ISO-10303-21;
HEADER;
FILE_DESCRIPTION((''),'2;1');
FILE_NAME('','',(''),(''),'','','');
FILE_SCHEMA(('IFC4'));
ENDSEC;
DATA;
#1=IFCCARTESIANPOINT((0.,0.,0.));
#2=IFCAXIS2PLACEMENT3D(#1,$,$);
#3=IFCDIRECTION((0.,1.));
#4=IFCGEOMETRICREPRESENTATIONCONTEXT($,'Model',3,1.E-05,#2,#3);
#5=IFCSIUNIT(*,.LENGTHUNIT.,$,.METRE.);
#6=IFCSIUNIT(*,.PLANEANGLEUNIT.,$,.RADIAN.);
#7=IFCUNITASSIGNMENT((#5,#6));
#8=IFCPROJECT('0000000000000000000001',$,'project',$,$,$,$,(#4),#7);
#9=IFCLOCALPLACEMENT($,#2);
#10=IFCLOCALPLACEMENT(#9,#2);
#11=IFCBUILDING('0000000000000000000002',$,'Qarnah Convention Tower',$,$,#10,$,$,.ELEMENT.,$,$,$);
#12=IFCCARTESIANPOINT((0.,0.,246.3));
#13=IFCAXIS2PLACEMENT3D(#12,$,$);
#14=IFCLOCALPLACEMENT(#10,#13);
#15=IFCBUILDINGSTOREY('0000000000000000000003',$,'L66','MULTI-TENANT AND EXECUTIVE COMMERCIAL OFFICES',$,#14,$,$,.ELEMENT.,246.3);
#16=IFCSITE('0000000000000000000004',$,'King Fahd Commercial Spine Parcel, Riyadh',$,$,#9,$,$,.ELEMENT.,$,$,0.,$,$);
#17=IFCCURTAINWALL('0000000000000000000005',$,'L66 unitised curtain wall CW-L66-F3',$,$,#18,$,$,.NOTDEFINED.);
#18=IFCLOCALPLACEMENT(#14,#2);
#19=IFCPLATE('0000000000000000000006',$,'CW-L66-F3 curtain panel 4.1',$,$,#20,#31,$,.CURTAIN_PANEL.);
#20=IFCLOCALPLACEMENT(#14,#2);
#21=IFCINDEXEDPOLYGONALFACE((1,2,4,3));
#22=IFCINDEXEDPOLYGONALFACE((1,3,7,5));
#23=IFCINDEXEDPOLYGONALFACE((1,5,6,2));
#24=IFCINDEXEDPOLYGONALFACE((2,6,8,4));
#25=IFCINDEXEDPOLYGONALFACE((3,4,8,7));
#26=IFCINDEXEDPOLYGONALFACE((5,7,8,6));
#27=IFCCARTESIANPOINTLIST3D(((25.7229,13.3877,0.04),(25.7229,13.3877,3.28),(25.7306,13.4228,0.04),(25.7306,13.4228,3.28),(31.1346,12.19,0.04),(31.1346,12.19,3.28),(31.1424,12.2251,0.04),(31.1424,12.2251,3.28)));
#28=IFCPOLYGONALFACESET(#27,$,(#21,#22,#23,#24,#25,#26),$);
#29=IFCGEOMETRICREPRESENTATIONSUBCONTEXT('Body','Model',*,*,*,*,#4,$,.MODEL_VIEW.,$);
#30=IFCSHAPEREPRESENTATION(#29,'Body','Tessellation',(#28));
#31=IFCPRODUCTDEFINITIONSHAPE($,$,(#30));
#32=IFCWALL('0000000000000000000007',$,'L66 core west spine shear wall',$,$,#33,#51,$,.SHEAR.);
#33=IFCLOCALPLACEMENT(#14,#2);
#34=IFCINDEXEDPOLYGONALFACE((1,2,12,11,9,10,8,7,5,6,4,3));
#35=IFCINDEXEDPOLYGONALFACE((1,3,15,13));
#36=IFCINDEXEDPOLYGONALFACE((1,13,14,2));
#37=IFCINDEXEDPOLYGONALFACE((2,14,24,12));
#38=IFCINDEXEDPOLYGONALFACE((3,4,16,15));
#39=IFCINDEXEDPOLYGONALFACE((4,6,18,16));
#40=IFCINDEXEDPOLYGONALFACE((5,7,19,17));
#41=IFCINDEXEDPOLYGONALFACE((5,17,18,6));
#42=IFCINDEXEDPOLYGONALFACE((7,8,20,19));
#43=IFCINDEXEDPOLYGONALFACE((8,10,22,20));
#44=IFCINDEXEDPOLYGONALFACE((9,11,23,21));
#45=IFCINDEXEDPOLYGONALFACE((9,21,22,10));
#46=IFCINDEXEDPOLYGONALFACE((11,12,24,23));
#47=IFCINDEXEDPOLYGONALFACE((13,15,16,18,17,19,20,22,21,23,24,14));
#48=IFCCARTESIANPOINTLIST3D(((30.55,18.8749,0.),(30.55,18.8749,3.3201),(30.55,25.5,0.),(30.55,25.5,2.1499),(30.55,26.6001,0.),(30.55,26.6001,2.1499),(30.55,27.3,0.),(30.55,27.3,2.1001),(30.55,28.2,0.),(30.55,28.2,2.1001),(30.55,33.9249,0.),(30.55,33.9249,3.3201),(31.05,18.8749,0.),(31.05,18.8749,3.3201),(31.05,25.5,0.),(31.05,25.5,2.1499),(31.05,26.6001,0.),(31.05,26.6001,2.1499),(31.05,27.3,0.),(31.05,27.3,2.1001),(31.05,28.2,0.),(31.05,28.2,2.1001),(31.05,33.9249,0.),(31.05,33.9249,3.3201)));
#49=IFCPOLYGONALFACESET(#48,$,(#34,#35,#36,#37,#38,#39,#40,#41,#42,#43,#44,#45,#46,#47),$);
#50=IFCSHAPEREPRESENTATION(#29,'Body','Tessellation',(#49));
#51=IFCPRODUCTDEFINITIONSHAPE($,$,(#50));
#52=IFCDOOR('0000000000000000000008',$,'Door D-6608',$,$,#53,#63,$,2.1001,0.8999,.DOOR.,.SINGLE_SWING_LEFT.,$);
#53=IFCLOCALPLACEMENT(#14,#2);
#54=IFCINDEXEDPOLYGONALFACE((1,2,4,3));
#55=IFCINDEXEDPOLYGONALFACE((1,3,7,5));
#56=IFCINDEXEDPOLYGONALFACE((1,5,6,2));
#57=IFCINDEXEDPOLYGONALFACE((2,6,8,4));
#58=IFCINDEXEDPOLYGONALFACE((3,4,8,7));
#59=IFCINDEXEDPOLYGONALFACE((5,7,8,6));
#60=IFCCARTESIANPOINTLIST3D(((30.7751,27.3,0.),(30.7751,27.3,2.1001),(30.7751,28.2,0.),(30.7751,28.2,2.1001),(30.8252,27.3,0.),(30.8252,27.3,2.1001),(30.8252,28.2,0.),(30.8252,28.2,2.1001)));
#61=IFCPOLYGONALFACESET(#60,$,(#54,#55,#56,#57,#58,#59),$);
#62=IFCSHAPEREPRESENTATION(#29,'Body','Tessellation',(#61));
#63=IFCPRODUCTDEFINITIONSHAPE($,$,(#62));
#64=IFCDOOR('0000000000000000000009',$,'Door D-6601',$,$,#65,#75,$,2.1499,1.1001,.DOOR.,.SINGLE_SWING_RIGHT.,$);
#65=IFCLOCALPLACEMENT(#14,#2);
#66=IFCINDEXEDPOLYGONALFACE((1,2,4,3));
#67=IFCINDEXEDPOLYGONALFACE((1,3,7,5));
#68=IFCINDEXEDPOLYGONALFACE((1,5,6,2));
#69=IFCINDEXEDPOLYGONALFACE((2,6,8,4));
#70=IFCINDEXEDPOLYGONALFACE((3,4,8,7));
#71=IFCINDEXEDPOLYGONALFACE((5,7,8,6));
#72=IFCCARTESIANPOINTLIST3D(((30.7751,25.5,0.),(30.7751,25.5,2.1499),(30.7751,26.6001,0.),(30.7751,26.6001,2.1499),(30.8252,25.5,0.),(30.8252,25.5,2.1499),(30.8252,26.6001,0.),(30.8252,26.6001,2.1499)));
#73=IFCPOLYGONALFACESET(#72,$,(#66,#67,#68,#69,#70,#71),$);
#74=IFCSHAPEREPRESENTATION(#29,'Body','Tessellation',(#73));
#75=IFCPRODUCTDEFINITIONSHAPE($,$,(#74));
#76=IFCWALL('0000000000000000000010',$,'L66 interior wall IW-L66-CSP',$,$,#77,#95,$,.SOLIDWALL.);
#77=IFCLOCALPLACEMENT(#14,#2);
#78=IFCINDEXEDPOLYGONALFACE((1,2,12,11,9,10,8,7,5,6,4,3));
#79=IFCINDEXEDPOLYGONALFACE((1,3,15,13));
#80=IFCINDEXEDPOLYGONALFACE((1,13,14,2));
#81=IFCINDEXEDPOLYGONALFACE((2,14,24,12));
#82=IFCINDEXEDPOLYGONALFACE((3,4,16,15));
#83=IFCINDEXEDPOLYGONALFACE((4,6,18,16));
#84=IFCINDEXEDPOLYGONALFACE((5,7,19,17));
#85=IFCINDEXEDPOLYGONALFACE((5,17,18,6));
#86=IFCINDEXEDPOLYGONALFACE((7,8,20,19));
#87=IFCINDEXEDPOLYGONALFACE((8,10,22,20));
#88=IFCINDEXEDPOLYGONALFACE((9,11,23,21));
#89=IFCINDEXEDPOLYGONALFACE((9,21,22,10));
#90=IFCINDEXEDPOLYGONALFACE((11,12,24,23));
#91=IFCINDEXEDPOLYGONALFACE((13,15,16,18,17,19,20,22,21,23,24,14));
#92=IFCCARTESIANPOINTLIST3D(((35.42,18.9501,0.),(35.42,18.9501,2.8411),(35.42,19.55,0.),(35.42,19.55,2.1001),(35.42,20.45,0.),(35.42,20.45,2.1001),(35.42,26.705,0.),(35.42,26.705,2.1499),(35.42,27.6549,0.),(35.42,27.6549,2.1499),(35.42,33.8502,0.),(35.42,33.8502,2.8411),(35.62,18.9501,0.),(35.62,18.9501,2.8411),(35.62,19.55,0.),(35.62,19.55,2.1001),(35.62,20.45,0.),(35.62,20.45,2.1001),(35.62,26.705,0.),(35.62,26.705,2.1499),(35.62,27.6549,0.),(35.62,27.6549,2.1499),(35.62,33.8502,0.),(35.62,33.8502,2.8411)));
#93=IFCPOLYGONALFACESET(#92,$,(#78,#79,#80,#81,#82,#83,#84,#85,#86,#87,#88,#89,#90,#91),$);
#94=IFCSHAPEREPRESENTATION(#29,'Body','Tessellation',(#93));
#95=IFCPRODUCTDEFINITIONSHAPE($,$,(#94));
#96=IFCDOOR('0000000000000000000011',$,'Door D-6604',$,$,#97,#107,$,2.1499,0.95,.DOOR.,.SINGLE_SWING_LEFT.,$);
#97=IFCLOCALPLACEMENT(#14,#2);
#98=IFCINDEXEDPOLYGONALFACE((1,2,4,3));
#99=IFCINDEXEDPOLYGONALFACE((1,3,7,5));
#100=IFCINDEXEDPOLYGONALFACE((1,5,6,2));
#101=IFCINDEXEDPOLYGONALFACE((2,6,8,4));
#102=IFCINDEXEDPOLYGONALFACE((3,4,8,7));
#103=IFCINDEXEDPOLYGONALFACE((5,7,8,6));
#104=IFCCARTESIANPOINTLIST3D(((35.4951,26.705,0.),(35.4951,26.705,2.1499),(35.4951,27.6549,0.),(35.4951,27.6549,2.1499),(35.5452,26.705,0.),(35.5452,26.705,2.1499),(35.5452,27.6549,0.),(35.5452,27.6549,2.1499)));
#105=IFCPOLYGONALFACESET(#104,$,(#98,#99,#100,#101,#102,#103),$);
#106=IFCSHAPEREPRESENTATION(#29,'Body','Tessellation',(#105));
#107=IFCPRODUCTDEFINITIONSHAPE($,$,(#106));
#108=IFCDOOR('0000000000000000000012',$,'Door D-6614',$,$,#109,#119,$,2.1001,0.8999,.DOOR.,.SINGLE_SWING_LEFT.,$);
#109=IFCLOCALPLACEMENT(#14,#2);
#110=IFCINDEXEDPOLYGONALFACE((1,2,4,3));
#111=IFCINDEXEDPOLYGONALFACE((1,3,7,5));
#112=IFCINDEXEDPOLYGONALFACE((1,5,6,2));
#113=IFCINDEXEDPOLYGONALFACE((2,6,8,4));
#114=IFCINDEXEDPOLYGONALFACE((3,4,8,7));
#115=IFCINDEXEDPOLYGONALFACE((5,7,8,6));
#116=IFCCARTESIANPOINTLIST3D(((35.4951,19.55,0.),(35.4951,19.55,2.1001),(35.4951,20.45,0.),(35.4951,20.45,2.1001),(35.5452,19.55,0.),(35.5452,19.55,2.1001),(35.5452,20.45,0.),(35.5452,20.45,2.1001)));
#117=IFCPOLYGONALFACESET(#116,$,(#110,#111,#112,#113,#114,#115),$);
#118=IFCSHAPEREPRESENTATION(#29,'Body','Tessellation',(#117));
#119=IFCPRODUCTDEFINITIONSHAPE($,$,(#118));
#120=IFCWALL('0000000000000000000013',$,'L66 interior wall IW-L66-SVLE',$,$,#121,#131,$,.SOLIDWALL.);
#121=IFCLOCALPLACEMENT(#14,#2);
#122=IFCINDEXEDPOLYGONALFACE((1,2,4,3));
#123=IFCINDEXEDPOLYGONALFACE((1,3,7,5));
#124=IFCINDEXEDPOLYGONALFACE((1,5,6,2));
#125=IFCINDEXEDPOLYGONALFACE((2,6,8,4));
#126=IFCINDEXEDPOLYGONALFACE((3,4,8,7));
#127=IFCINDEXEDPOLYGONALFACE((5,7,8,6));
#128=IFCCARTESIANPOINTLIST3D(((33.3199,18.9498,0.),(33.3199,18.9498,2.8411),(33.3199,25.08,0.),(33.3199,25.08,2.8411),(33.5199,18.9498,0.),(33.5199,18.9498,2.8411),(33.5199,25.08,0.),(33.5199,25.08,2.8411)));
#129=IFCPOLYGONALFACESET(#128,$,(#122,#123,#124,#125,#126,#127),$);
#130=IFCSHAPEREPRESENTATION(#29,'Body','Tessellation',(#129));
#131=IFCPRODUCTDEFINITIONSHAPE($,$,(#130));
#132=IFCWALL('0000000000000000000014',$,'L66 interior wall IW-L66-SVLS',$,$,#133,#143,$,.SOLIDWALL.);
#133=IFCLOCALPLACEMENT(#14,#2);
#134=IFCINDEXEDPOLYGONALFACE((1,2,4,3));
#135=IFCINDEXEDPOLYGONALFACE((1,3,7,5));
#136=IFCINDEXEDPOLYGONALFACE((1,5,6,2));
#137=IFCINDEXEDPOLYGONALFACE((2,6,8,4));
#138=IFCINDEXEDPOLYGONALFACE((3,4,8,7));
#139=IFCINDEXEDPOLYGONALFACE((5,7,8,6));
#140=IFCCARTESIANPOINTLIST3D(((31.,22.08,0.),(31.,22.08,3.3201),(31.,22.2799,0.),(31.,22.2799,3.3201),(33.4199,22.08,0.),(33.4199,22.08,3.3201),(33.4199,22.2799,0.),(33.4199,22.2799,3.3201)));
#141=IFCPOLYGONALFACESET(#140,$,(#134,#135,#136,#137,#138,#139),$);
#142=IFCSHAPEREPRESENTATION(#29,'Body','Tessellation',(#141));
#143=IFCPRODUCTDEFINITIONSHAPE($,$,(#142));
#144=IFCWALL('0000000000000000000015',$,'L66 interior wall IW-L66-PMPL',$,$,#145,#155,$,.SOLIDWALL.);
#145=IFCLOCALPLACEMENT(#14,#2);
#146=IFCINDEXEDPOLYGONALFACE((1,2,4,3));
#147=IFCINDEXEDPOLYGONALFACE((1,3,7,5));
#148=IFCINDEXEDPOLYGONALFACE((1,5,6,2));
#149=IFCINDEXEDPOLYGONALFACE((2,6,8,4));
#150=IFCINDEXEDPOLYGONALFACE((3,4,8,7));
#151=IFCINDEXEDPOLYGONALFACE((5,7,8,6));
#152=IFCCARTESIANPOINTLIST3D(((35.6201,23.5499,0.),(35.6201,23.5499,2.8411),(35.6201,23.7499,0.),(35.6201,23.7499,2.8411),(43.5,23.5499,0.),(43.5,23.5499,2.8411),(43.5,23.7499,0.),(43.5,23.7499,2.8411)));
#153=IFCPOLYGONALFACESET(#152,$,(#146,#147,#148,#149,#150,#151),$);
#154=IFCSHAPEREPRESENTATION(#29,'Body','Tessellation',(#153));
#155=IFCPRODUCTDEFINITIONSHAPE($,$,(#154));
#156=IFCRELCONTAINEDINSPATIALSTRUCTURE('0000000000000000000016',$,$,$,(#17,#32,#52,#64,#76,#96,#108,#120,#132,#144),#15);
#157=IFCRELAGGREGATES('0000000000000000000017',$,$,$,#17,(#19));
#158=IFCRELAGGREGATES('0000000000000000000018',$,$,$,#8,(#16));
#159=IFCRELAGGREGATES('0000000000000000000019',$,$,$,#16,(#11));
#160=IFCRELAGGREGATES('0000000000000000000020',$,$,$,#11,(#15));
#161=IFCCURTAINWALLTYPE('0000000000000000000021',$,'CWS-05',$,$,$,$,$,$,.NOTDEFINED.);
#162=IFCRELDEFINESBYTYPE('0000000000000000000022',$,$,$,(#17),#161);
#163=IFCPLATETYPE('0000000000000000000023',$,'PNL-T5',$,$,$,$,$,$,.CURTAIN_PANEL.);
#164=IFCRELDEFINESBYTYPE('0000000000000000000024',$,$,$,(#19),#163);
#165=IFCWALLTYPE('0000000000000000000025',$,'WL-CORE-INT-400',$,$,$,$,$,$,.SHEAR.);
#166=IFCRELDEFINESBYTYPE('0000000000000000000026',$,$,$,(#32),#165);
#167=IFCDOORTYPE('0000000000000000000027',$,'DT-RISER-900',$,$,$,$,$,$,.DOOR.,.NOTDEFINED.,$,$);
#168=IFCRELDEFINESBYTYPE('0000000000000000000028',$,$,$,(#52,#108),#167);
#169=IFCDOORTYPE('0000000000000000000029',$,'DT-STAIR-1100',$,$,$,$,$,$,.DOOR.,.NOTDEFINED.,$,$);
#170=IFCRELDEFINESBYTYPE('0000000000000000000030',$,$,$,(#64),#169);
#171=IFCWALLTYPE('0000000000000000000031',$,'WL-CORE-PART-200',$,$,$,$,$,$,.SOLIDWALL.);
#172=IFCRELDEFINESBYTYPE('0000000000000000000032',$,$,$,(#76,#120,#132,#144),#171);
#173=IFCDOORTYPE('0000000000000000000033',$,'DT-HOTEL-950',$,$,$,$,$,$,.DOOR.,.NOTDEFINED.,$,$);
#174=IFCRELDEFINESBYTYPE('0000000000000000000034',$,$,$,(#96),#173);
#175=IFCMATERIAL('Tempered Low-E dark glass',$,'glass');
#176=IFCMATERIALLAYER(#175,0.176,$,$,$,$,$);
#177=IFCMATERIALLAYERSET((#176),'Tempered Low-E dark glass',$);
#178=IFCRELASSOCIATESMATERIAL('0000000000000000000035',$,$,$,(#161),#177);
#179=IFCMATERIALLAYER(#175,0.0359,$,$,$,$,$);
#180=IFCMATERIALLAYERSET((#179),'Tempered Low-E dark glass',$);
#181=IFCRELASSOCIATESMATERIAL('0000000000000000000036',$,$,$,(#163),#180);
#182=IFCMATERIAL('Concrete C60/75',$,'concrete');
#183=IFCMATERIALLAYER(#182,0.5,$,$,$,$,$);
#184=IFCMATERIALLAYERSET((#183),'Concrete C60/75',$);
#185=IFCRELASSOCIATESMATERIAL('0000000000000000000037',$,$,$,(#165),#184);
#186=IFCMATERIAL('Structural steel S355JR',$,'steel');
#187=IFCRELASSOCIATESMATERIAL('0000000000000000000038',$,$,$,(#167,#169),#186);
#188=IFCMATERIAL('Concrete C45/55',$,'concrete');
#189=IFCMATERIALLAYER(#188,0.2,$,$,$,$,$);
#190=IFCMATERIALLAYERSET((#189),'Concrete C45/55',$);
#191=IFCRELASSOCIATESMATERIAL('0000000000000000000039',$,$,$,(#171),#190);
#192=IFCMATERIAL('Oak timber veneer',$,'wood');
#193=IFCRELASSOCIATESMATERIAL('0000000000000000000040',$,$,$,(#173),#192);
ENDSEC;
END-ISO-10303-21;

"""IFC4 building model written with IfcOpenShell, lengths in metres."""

from ifc_helpers import new_model, si_unit, direction, frame, frame_2d, origin, origin_2d, place, context, subcontext, project, spatial, rectangle, extrude, material, layer, layer_set, type_object, element, fill, aggregate, save


model = new_model("IFC4")

# Units and contexts
model_context = context("Model", 3, precision=1e-05, world=origin(), true_north=direction((0.0, 1.0)))
body_context = subcontext(model_context, "Body", "Model", "MODEL_VIEW")
ifc_project = project(units=[si_unit("LENGTHUNIT", "METRE"), si_unit("PLANEANGLEUNIT", "RADIAN")], contexts=[model_context])

# Site, building, storey
site_placement = place(None, origin())
site = spatial("IfcSite", under=ifc_project, at=site_placement, Name="King Fahd Commercial Spine Parcel, Riyadh", CompositionType="ELEMENT", RefElevation=0.0)
building_placement = place(site_placement, origin())
building = spatial("IfcBuilding", under=site, at=building_placement, Name="Qarnah Convention Tower", CompositionType="ELEMENT")
storey_placement = place(building_placement, frame((0.0, 0.0, 246.3)))
storey = spatial("IfcBuildingStorey", under=building, at=storey_placement, Name="L66", Description="MULTI-TENANT AND EXECUTIVE COMMERCIAL OFFICES", CompositionType="ELEMENT", Elevation=246.3)

# Shared definitions
ifc_material_1 = material(Name="Structural steel S355JR", Category="steel")

# Curtain wall, plate
ifc_material_2 = material(Name="Tempered Low-E dark glass", Category="glass")
ifc_layer_1 = layer(ifc_material_2, 0.176)
ifc_layer_set_1 = layer_set([ifc_layer_1], Name="Tempered Low-E dark glass")
curtain_wall_type = type_object("IfcCurtainWallType", Name="CWS-05", PredefinedType="NOTDEFINED", material=ifc_layer_set_1)
curtain_wall_placement = place(storey_placement, origin())
curtain_wall = element("IfcCurtainWall", 1, at=curtain_wall_placement, inside=storey, type_object=curtain_wall_type, Name="L66 unitised curtain wall CW-L66-F3", PredefinedType="NOTDEFINED")
ifc_layer_2 = layer(ifc_material_2, 0.0359)
ifc_layer_set_2 = layer_set([ifc_layer_2], Name="Tempered Low-E dark glass")
plate_type = type_object("IfcPlateType", Name="PNL-T5", PredefinedType="CURTAIN_PANEL", material=ifc_layer_set_2)
plate_1_placement = place(storey_placement, frame((28.4326, 12.8064, 0.04), z_axis=(0.0, 0.0, 1.0), x_axis=(-0.976373, 0.21609, 0.0)))
plate_1 = element("IfcPlate", 2, at=plate_1_placement, type_object=plate_type, Name="CW-L66-F3 curtain panel 4.1", PredefinedType="CURTAIN_PANEL", context=body_context, shape_type="SweptSolid", body=[
    extrude(rectangle(XDim=5.5427, YDim=0.0359, at=origin_2d()), origin(), (0.0, 0.0, 1.0), 3.24),
])
aggregate(curtain_wall, [plate_1])

# Walls, openings, doors
ifc_material_3 = material(Name="Concrete C60/75", Category="concrete")
ifc_layer_3 = layer(ifc_material_3, 0.5)
ifc_layer_set_3 = layer_set([ifc_layer_3], Name="Concrete C60/75")
wall_type_1 = type_object("IfcWallType", Name="WL-CORE-INT-400", PredefinedType="SHEAR", material=ifc_layer_set_3)
wall_1_placement = place(storey_placement, frame((30.8, 18.875, 0.0), z_axis=(0.0, 0.0, 1.0), x_axis=(0.0, 1.0, 0.0)))
wall_1 = element("IfcWall", 3, at=wall_1_placement, inside=storey, type_object=wall_type_1, Name="L66 core west spine shear wall", PredefinedType="SHEAR", context=body_context, shape_type="SweptSolid", body=[
    extrude(rectangle(XDim=15.05, YDim=0.5, at=frame_2d((7.5249, 0.0))), origin(), (0.0, 0.0, 1.0), 3.3201),
])
opening_1_placement = place(wall_1_placement, frame((6.625, 0.0, 0.0)))
opening_1 = element("IfcOpeningElement", 4, at=opening_1_placement, cuts=wall_1, PredefinedType="OPENING", context=body_context, shape_type="SweptSolid", body=[
    extrude(rectangle(XDim=1.1001, YDim=2.1499, at=frame_2d((0.55, 1.075))), frame((0.0, 0.26, 0.0), z_axis=(0.0, -1.0, 0.0), x_axis=(1.0, 0.0, 0.0)), (0.0, 0.0, 1.0), 0.52),
])
opening_2_placement = place(wall_1_placement, frame((8.425, 0.0, 0.0)))
opening_2 = element("IfcOpeningElement", 5, at=opening_2_placement, cuts=wall_1, PredefinedType="OPENING", context=body_context, shape_type="SweptSolid", body=[
    extrude(rectangle(XDim=0.8999, YDim=2.1001, at=frame_2d((0.45, 1.05))), frame((0.0, 0.26, 0.0), z_axis=(0.0, -1.0, 0.0), x_axis=(1.0, 0.0, 0.0)), (0.0, 0.0, 1.0), 0.52),
])
door_type_1 = type_object("IfcDoorType", Name="DT-RISER-900", OperationType="NOTDEFINED", PredefinedType="DOOR", material=ifc_material_1)
door_1_placement = place(opening_2_placement, origin())
door_1 = element("IfcDoor", 6, at=door_1_placement, inside=storey, type_object=door_type_1, Name="Door D-6608", OperationType="SINGLE_SWING_LEFT", OverallHeight=2.1001, OverallWidth=0.8999, PredefinedType="DOOR", context=body_context, shape_type="SweptSolid", body=[
    extrude(rectangle(XDim=0.8999, YDim=2.1001, at=frame_2d((0.45, 1.05))), frame((0.0, 0.0249, 0.0), z_axis=(0.0, -1.0, 0.0), x_axis=(1.0, 0.0, 0.0)), (0.0, 0.0, 1.0), 0.05),
])
fill(opening_2, door_1)
door_type_2 = type_object("IfcDoorType", Name="DT-STAIR-1100", OperationType="NOTDEFINED", PredefinedType="DOOR", material=ifc_material_1)
door_2_placement = place(opening_1_placement, origin())
door_2 = element("IfcDoor", 7, at=door_2_placement, inside=storey, type_object=door_type_2, Name="Door D-6601", OperationType="SINGLE_SWING_RIGHT", OverallHeight=2.1499, OverallWidth=1.1001, PredefinedType="DOOR", context=body_context, shape_type="SweptSolid", body=[
    extrude(rectangle(XDim=1.1001, YDim=2.1499, at=frame_2d((0.55, 1.075))), frame((0.0, 0.0249, 0.0), z_axis=(0.0, -1.0, 0.0), x_axis=(1.0, 0.0, 0.0)), (0.0, 0.0, 1.0), 0.05),
])
fill(opening_1, door_2)
ifc_material_4 = material(Name="Concrete C45/55", Category="concrete")
ifc_layer_4 = layer(ifc_material_4, 0.2)
ifc_layer_set_4 = layer_set([ifc_layer_4], Name="Concrete C45/55")
wall_type_2 = type_object("IfcWallType", Name="WL-CORE-PART-200", PredefinedType="SOLIDWALL", material=ifc_layer_set_4)
wall_2_placement = place(storey_placement, frame((35.52, 18.95, 0.0), z_axis=(0.0, 0.0, 1.0), x_axis=(0.0, 1.0, 0.0)))
wall_2 = element("IfcWall", 8, at=wall_2_placement, inside=storey, type_object=wall_type_2, Name="L66 interior wall IW-L66-CSP", PredefinedType="SOLIDWALL", context=body_context, shape_type="SweptSolid", body=[
    extrude(rectangle(XDim=14.9001, YDim=0.2, at=frame_2d((7.4502, 0.0))), origin(), (0.0, 0.0, 1.0), 2.8411),
])
opening_3_placement = place(wall_2_placement, frame((7.7549, 0.0, 0.0)))
opening_3 = element("IfcOpeningElement", 9, at=opening_3_placement, cuts=wall_2, PredefinedType="OPENING", context=body_context, shape_type="SweptSolid", body=[
    extrude(rectangle(XDim=0.95, YDim=2.1499, at=frame_2d((0.4751, 1.075))), frame((0.0, 0.1099, 0.0), z_axis=(0.0, -1.0, 0.0), x_axis=(1.0, 0.0, 0.0)), (0.0, 0.0, 1.0), 0.22),
])
opening_4_placement = place(wall_2_placement, frame((0.6001, 0.0, 0.0)))
opening_4 = element("IfcOpeningElement", 10, at=opening_4_placement, cuts=wall_2, PredefinedType="OPENING", context=body_context, shape_type="SweptSolid", body=[
    extrude(rectangle(XDim=0.8999, YDim=2.1001, at=frame_2d((0.45, 1.05))), frame((0.0, 0.1099, 0.0), z_axis=(0.0, -1.0, 0.0), x_axis=(1.0, 0.0, 0.0)), (0.0, 0.0, 1.0), 0.22),
])
ifc_material_5 = material(Name="Oak timber veneer", Category="wood")
door_type_3 = type_object("IfcDoorType", Name="DT-HOTEL-950", OperationType="NOTDEFINED", PredefinedType="DOOR", material=ifc_material_5)
door_3_placement = place(opening_3_placement, origin())
door_3 = element("IfcDoor", 11, at=door_3_placement, inside=storey, type_object=door_type_3, Name="Door D-6604", OperationType="SINGLE_SWING_LEFT", OverallHeight=2.1499, OverallWidth=0.95, PredefinedType="DOOR", context=body_context, shape_type="SweptSolid", body=[
    extrude(rectangle(XDim=0.95, YDim=2.1499, at=frame_2d((0.4751, 1.075))), frame((0.0, 0.0249, 0.0), z_axis=(0.0, -1.0, 0.0), x_axis=(1.0, 0.0, 0.0)), (0.0, 0.0, 1.0), 0.05),
])
fill(opening_3, door_3)
door_4_placement = place(opening_4_placement, origin())
door_4 = element("IfcDoor", 12, at=door_4_placement, inside=storey, type_object=door_type_1, Name="Door D-6614", OperationType="SINGLE_SWING_LEFT", OverallHeight=2.1001, OverallWidth=0.8999, PredefinedType="DOOR", context=body_context, shape_type="SweptSolid", body=[
    extrude(rectangle(XDim=0.8999, YDim=2.1001, at=frame_2d((0.45, 1.05))), frame((0.0, 0.0249, 0.0), z_axis=(0.0, -1.0, 0.0), x_axis=(1.0, 0.0, 0.0)), (0.0, 0.0, 1.0), 0.05),
])
fill(opening_4, door_4)

# Walls
wall_3_placement = place(storey_placement, frame((33.4199, 18.95, 0.0), z_axis=(0.0, 0.0, 1.0), x_axis=(0.0, 1.0, 0.0)))
element("IfcWall", 13, at=wall_3_placement, inside=storey, type_object=wall_type_2, Name="L66 interior wall IW-L66-SVLE", PredefinedType="SOLIDWALL", context=body_context, shape_type="SweptSolid", body=[
    extrude(rectangle(XDim=6.1301, YDim=0.2, at=frame_2d((3.0649, 0.0))), origin(), (0.0, 0.0, 1.0), 2.8411),
])
wall_4_placement = place(storey_placement, frame((31.0, 22.1799, 0.0), z_axis=(0.0, 0.0, 1.0), x_axis=(1.0, 0.0, 0.0)))
element("IfcWall", 14, at=wall_4_placement, inside=storey, type_object=wall_type_2, Name="L66 interior wall IW-L66-SVLS", PredefinedType="SOLIDWALL", context=body_context, shape_type="SweptSolid", body=[
    extrude(rectangle(XDim=2.4199, YDim=0.2, at=frame_2d((1.21, 0.0))), origin(), (0.0, 0.0, 1.0), 3.3201),
])
wall_5_placement = place(storey_placement, frame((35.6201, 23.6499, 0.0), z_axis=(0.0, 0.0, 1.0), x_axis=(1.0, 0.0, 0.0)))
element("IfcWall", 15, at=wall_5_placement, inside=storey, type_object=wall_type_2, Name="L66 interior wall IW-L66-PMPL", PredefinedType="SOLIDWALL", context=body_context, shape_type="SweptSolid", body=[
    extrude(rectangle(XDim=7.8799, YDim=0.2, at=frame_2d((3.9399, 0.0))), origin(), (0.0, 0.0, 1.0), 2.8411),
])

save(model, "model.ifc")
